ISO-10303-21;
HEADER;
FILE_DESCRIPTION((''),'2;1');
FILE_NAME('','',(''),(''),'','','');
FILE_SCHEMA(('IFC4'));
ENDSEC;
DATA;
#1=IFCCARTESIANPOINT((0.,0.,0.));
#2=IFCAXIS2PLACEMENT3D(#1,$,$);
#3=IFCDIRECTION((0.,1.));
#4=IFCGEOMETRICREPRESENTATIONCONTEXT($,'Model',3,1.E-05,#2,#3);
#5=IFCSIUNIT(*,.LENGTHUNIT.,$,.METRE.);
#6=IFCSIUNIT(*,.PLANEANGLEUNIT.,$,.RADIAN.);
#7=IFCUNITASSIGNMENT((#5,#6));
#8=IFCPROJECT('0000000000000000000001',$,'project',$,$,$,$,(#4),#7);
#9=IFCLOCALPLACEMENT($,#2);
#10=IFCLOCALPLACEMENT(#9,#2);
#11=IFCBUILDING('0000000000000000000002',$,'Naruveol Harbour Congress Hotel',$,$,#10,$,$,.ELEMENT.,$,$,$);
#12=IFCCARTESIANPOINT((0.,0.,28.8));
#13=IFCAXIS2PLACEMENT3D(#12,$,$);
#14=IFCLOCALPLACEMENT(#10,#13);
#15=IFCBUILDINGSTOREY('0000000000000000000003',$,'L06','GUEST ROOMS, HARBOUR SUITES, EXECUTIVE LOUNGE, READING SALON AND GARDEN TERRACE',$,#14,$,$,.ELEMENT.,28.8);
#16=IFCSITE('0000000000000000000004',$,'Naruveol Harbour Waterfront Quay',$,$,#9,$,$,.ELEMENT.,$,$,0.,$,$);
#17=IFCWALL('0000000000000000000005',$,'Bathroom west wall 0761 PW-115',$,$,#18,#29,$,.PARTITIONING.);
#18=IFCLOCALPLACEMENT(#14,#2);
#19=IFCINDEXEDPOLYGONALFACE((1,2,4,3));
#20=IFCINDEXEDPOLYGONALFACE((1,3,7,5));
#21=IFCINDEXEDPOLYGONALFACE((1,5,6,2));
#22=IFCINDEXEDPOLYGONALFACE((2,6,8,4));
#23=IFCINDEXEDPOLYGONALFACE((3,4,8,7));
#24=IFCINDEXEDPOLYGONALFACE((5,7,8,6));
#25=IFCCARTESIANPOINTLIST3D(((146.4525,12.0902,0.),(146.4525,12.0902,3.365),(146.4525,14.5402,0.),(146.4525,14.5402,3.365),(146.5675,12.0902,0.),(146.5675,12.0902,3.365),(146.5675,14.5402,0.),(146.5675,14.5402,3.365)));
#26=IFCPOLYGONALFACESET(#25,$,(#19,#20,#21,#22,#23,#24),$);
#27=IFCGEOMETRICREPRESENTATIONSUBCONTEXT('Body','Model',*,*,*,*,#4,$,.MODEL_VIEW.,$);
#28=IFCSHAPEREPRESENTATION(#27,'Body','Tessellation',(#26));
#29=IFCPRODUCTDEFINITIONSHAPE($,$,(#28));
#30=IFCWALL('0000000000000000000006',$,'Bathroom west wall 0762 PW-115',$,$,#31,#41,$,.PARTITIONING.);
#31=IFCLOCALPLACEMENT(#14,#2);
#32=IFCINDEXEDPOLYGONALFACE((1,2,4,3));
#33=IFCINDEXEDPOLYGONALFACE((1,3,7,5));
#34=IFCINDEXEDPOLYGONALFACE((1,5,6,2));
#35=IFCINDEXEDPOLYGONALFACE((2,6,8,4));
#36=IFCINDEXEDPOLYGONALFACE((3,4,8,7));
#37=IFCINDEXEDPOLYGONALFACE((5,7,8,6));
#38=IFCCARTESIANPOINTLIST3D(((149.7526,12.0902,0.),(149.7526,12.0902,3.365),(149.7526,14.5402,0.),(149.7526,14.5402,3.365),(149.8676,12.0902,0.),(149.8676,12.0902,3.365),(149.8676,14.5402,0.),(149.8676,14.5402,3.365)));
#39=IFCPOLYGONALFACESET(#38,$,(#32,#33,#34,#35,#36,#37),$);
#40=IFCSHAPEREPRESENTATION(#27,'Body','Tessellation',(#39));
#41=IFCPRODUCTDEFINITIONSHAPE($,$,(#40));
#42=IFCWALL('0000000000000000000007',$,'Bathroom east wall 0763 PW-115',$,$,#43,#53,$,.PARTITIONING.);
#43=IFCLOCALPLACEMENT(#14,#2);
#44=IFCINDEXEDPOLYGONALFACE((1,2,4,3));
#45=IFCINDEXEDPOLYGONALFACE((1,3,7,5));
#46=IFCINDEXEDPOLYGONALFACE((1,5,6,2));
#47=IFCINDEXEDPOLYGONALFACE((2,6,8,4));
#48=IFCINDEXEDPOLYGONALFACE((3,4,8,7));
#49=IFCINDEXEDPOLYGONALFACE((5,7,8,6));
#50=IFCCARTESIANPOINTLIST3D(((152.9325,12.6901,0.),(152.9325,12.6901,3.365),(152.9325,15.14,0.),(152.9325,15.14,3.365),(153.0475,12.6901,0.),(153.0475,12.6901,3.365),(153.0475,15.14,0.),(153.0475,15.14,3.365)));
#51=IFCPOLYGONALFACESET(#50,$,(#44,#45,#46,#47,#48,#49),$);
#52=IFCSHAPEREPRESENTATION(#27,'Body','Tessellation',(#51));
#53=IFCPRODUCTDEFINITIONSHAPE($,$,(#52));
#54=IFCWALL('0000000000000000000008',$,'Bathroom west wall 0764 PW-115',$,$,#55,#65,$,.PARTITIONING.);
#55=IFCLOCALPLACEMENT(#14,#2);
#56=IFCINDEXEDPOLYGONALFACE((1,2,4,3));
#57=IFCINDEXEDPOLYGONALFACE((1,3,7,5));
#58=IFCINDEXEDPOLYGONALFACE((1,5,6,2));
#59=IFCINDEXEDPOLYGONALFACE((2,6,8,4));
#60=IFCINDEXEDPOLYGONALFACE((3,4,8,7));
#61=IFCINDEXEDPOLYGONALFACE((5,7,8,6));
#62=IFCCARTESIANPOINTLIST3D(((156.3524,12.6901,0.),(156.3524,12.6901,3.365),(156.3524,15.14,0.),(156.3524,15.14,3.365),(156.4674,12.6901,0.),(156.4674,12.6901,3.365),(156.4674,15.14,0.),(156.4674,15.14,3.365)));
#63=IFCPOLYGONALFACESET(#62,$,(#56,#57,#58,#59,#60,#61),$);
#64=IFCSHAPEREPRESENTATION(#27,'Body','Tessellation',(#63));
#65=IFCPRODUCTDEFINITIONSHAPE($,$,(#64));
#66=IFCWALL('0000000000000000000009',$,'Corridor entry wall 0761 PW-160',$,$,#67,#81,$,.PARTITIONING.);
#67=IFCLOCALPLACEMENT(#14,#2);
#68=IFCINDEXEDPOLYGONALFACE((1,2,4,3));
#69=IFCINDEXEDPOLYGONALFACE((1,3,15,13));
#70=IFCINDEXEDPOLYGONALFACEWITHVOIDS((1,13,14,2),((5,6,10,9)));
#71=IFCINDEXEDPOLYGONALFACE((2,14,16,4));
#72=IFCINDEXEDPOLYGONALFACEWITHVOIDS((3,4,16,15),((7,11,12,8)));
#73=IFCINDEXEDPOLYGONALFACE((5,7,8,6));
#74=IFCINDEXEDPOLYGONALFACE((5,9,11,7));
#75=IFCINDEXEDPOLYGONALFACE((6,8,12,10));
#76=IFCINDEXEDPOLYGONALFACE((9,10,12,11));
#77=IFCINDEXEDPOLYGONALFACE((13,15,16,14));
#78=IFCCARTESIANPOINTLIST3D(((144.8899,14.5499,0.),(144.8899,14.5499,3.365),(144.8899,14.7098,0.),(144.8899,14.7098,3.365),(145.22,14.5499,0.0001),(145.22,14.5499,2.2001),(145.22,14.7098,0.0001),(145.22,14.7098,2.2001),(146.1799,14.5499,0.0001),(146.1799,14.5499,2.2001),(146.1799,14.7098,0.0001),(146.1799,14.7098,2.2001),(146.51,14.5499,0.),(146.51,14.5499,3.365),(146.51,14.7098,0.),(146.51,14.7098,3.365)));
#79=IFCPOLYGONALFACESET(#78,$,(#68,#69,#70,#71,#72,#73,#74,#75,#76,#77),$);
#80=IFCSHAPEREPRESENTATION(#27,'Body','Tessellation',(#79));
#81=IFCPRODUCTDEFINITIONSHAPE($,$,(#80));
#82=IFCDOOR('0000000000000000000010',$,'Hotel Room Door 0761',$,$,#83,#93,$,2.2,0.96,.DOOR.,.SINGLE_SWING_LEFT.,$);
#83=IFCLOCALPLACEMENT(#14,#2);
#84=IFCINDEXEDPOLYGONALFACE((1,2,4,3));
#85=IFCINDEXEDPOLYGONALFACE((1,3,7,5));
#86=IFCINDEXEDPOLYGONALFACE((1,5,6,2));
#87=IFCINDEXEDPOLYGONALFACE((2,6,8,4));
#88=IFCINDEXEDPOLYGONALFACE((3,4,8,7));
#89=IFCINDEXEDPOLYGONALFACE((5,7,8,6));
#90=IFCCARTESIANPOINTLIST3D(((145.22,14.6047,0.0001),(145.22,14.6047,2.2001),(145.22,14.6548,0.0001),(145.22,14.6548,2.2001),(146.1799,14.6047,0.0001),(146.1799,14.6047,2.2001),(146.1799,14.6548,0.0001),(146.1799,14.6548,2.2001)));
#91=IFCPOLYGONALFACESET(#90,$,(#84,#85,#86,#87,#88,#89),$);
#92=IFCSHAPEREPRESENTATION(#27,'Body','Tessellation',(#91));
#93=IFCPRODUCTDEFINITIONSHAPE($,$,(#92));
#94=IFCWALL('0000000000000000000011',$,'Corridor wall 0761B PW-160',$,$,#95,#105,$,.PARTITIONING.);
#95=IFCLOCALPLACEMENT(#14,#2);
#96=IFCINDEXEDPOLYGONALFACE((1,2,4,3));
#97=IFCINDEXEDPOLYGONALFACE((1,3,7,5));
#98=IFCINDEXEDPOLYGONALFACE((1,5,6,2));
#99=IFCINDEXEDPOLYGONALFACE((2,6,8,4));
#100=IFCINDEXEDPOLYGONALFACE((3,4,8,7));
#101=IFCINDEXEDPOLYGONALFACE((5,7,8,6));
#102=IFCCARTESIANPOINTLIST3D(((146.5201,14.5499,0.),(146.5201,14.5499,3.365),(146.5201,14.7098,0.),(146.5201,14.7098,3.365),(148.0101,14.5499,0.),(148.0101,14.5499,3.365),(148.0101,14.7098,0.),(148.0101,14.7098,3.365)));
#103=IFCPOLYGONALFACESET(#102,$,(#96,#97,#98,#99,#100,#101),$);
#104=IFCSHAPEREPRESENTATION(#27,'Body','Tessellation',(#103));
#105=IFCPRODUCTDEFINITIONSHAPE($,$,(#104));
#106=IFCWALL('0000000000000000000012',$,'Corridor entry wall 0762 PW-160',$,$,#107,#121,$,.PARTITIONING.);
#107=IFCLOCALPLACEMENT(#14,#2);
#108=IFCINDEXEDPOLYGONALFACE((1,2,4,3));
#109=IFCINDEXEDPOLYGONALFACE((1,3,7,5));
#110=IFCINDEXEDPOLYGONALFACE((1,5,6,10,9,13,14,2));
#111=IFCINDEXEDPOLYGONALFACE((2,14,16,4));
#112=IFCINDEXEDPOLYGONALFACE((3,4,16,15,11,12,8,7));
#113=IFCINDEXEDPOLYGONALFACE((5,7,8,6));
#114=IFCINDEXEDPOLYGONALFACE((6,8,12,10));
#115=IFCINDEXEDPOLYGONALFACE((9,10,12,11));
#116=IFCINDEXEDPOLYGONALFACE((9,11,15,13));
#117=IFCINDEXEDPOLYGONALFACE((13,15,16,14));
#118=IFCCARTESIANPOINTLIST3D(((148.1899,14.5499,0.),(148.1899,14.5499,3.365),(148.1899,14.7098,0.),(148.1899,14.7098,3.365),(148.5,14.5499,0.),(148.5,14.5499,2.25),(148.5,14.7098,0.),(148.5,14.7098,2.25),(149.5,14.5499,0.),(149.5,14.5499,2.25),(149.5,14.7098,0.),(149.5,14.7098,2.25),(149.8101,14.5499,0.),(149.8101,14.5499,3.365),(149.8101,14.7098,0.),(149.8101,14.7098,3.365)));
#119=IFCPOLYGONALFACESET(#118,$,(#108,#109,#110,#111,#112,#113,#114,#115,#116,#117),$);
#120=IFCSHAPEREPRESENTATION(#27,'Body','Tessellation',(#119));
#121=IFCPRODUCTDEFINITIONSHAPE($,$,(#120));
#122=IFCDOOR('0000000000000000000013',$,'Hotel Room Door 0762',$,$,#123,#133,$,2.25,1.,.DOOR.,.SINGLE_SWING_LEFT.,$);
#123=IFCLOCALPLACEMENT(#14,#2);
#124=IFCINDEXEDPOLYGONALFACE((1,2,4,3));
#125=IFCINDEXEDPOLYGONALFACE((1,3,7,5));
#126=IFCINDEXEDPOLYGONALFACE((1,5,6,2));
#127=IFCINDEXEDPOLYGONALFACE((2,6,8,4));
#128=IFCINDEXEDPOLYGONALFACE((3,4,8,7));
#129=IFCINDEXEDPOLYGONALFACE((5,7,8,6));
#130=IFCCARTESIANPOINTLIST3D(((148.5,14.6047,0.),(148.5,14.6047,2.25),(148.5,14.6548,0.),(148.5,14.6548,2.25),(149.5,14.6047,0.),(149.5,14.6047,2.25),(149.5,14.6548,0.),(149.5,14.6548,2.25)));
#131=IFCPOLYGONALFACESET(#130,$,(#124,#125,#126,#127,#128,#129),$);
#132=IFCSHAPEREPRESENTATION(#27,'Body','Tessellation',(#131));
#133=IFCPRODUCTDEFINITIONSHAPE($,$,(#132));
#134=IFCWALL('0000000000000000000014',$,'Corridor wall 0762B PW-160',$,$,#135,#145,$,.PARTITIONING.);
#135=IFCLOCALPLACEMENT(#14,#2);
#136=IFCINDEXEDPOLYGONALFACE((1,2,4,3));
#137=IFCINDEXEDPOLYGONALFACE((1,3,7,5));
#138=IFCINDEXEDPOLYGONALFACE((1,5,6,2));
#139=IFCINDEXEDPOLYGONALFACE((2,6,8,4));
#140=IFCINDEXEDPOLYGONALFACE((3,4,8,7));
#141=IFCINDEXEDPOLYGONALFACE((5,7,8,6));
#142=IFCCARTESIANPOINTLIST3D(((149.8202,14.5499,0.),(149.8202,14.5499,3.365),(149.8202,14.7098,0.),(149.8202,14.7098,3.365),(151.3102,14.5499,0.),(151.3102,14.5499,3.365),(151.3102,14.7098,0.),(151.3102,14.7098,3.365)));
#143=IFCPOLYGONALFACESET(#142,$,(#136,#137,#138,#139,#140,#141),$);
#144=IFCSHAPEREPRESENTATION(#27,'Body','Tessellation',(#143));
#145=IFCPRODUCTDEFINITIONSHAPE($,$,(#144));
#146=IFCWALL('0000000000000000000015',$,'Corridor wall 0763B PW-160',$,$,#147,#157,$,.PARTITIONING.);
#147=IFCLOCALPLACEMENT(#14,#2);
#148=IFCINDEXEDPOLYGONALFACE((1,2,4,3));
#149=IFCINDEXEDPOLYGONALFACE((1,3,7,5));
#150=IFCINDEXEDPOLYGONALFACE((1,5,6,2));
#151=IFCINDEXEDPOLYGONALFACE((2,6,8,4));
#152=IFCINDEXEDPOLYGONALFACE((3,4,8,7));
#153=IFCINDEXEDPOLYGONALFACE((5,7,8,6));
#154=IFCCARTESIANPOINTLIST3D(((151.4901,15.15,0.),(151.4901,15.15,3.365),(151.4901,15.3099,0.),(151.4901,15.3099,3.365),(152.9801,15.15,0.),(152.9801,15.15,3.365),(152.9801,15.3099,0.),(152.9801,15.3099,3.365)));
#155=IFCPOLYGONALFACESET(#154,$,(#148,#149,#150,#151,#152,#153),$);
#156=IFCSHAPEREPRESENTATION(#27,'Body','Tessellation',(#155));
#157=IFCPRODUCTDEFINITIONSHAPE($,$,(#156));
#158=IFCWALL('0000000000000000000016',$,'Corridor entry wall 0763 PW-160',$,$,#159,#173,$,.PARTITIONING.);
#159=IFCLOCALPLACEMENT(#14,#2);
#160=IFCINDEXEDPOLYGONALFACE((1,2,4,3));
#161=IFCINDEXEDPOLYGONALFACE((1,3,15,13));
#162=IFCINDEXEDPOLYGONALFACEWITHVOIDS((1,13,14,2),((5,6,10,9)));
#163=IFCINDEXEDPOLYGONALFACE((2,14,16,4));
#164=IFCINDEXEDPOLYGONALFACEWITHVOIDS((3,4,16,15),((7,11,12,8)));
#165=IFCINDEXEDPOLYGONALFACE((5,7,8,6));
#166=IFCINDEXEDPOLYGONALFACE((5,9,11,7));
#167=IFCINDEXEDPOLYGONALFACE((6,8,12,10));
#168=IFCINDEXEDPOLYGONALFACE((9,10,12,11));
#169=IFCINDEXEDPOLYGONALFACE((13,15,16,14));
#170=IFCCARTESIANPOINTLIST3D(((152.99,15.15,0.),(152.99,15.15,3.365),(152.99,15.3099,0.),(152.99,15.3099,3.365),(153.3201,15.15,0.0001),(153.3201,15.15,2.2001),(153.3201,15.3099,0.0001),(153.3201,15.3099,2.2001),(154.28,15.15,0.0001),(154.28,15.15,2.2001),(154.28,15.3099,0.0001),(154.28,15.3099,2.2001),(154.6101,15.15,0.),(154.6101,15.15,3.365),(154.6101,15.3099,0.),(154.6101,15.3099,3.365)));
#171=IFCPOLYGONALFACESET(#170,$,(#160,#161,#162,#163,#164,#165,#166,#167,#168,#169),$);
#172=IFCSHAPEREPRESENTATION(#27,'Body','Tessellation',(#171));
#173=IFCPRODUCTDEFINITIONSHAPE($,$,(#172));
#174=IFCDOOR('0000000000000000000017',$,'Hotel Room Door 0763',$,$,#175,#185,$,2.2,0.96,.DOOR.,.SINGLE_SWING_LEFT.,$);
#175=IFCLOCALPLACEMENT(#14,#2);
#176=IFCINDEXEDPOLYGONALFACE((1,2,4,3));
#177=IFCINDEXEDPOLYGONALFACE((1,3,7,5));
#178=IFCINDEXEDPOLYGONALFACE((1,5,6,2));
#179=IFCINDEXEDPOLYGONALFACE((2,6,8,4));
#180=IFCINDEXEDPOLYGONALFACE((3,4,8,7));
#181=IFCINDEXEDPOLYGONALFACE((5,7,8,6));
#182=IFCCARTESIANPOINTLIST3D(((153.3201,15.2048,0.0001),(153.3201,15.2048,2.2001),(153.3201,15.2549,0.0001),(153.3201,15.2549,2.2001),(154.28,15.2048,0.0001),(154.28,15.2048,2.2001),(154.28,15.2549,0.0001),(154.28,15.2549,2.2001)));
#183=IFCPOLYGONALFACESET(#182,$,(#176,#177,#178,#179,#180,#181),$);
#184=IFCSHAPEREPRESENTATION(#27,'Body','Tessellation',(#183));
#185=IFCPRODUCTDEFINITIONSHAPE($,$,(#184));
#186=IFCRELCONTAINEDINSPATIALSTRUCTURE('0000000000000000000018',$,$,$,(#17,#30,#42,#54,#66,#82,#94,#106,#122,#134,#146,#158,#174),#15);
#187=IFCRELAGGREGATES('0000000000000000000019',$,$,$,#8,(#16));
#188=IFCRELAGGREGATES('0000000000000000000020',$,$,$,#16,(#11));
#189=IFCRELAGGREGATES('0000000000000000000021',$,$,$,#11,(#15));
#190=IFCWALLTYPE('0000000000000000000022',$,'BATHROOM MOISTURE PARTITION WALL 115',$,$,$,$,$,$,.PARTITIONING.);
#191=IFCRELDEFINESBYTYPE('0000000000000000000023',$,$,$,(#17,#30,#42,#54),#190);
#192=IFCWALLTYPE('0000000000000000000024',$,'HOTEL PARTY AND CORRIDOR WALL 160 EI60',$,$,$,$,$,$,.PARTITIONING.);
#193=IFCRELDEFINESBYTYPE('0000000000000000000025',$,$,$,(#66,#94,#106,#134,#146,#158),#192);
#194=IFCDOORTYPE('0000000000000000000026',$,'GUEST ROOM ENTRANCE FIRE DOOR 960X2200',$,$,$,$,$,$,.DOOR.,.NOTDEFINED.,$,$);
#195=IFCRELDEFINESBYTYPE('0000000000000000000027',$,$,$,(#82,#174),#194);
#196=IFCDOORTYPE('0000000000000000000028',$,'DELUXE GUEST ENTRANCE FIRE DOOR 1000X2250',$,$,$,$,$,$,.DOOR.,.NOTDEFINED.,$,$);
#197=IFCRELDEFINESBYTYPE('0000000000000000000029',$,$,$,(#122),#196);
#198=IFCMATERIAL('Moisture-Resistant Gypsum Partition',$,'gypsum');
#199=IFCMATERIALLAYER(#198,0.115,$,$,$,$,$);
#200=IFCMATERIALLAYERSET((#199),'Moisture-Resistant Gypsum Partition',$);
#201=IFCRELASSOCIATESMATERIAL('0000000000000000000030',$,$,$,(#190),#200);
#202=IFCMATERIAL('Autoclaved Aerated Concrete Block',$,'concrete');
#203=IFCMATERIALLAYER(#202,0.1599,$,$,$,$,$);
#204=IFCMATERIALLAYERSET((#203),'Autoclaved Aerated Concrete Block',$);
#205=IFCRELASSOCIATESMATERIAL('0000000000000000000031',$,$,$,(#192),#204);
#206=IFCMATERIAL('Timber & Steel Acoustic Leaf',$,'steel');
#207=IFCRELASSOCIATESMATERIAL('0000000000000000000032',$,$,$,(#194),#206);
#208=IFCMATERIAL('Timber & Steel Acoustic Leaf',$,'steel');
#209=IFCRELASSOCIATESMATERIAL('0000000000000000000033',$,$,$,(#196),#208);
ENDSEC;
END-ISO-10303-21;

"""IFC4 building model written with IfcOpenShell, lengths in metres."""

from ifc_helpers import new_model, si_unit, direction, frame, frame_2d, origin, place, context, subcontext, project, spatial, rectangle, extrude, material, layer, layer_set, type_object, element, fill, save


model = new_model("IFC4")

# Units and contexts
model_context = context("Model", 3, precision=1e-05, world=origin(), true_north=direction((0.0, 1.0)))
body_context = subcontext(model_context, "Body", "Model", "MODEL_VIEW")
ifc_project = project(units=[si_unit("LENGTHUNIT", "METRE"), si_unit("PLANEANGLEUNIT", "RADIAN")], contexts=[model_context])

# Site, building, storey
site_placement = place(None, origin())
site = spatial("IfcSite", under=ifc_project, at=site_placement, Name="Naruveol Harbour Waterfront Quay", CompositionType="ELEMENT", RefElevation=0.0)
building_placement = place(site_placement, origin())
building = spatial("IfcBuilding", under=site, at=building_placement, Name="Naruveol Harbour Congress Hotel", CompositionType="ELEMENT")
storey_placement = place(building_placement, frame((0.0, 0.0, 28.8)))
storey = spatial("IfcBuildingStorey", under=building, at=storey_placement, Name="L06", Description="GUEST ROOMS, HARBOUR SUITES, EXECUTIVE LOUNGE, READING SALON AND GARDEN TERRACE", CompositionType="ELEMENT", Elevation=28.8)

# Wall
ifc_material_1 = material(Name="Moisture-Resistant Gypsum Partition", Category="gypsum")
ifc_layer_1 = layer(ifc_material_1, 0.115)
ifc_layer_set_1 = layer_set([ifc_layer_1], Name="Moisture-Resistant Gypsum Partition")
wall_type_1 = type_object("IfcWallType", Name="BATHROOM MOISTURE PARTITION WALL 115", PredefinedType="PARTITIONING", material=ifc_layer_set_1)
wall_1_placement = place(storey_placement, frame((146.51, 12.0901, 0.0), z_axis=(0.0, 0.0, 1.0), x_axis=(0.0, 1.0, 0.0)))
element("IfcWall", 1, at=wall_1_placement, inside=storey, type_object=wall_type_1, Name="Bathroom west wall 0761 PW-115", PredefinedType="PARTITIONING", context=body_context, shape_type="SweptSolid", body=[
    extrude(rectangle(XDim=2.45, YDim=0.115, at=frame_2d((1.2251, 0.0))), origin(), (0.0, 0.0, 1.0), 3.365),
])

# Wall
wall_2_placement = place(storey_placement, frame((149.8101, 12.0901, 0.0), z_axis=(0.0, 0.0, 1.0), x_axis=(0.0, 1.0, 0.0)))
element("IfcWall", 2, at=wall_2_placement, inside=storey, type_object=wall_type_1, Name="Bathroom west wall 0762 PW-115", PredefinedType="PARTITIONING", context=body_context, shape_type="SweptSolid", body=[
    extrude(rectangle(XDim=2.45, YDim=0.115, at=frame_2d((1.2251, 0.0))), origin(), (0.0, 0.0, 1.0), 3.365),
])

# Wall
wall_3_placement = place(storey_placement, frame((152.99, 12.6899, 0.0), z_axis=(0.0, 0.0, 1.0), x_axis=(0.0, 1.0, 0.0)))
element("IfcWall", 3, at=wall_3_placement, inside=storey, type_object=wall_type_1, Name="Bathroom east wall 0763 PW-115", PredefinedType="PARTITIONING", context=body_context, shape_type="SweptSolid", body=[
    extrude(rectangle(XDim=2.45, YDim=0.115, at=frame_2d((1.2251, 0.0))), origin(), (0.0, 0.0, 1.0), 3.365),
])

# Wall
wall_4_placement = place(storey_placement, frame((156.4099, 12.6899, 0.0), z_axis=(0.0, 0.0, 1.0), x_axis=(0.0, 1.0, 0.0)))
element("IfcWall", 4, at=wall_4_placement, inside=storey, type_object=wall_type_1, Name="Bathroom west wall 0764 PW-115", PredefinedType="PARTITIONING", context=body_context, shape_type="SweptSolid", body=[
    extrude(rectangle(XDim=2.45, YDim=0.115, at=frame_2d((1.2251, 0.0))), origin(), (0.0, 0.0, 1.0), 3.365),
])

# Wall, opening, door
ifc_material_2 = material(Name="Autoclaved Aerated Concrete Block", Category="concrete")
ifc_layer_2 = layer(ifc_material_2, 0.1599)
ifc_layer_set_2 = layer_set([ifc_layer_2], Name="Autoclaved Aerated Concrete Block")
wall_type_2 = type_object("IfcWallType", Name="HOTEL PARTY AND CORRIDOR WALL 160 EI60", PredefinedType="PARTITIONING", material=ifc_layer_set_2)
wall_5_placement = place(storey_placement, frame((144.8899, 14.6299, 0.0), z_axis=(0.0, 0.0, 1.0), x_axis=(1.0, 0.0, 0.0)))
wall_5 = element("IfcWall", 5, at=wall_5_placement, inside=storey, type_object=wall_type_2, Name="Corridor entry wall 0761 PW-160", PredefinedType="PARTITIONING", context=body_context, shape_type="SweptSolid", body=[
    extrude(rectangle(XDim=1.6201, YDim=0.1599, at=frame_2d((0.8101, 0.0))), origin(), (0.0, 0.0, 1.0), 3.365),
])
opening_1_placement = place(wall_5_placement, frame((0.3301, 0.0, 0.0)))
opening_1 = element("IfcOpeningElement", 6, at=opening_1_placement, cuts=wall_5, PredefinedType="OPENING", context=body_context, shape_type="SweptSolid", body=[
    extrude(rectangle(XDim=0.96, YDim=2.2, at=frame_2d((0.48, 1.1001))), frame((0.0, 0.0898, 0.0), z_axis=(0.0, -1.0, 0.0), x_axis=(1.0, 0.0, 0.0)), (0.0, 0.0, 1.0), 0.1799),
])
ifc_material_3 = material(Name="Timber & Steel Acoustic Leaf", Category="steel")
door_type_1 = type_object("IfcDoorType", Name="GUEST ROOM ENTRANCE FIRE DOOR 960X2200", OperationType="NOTDEFINED", PredefinedType="DOOR", material=ifc_material_3)
door_1_placement = place(opening_1_placement, origin())
door_1 = element("IfcDoor", 7, at=door_1_placement, inside=storey, type_object=door_type_1, Name="Hotel Room Door 0761", OperationType="SINGLE_SWING_LEFT", OverallHeight=2.2, OverallWidth=0.96, PredefinedType="DOOR", context=body_context, shape_type="SweptSolid", body=[
    extrude(rectangle(XDim=0.96, YDim=2.2, at=frame_2d((0.48, 1.1001))), frame((0.0, 0.0249, 0.0), z_axis=(0.0, -1.0, 0.0), x_axis=(1.0, 0.0, 0.0)), (0.0, 0.0, 1.0), 0.05),
])
fill(opening_1, door_1)

# Wall
wall_6_placement = place(storey_placement, frame((146.52, 14.6299, 0.0), z_axis=(0.0, 0.0, 1.0), x_axis=(1.0, 0.0, 0.0)))
element("IfcWall", 8, at=wall_6_placement, inside=storey, type_object=wall_type_2, Name="Corridor wall 0761B PW-160", PredefinedType="PARTITIONING", context=body_context, shape_type="SweptSolid", body=[
    extrude(rectangle(XDim=1.49, YDim=0.1599, at=frame_2d((0.7451, 0.0))), origin(), (0.0, 0.0, 1.0), 3.365),
])

# Wall, opening, door
wall_7_placement = place(storey_placement, frame((148.1899, 14.6299, 0.0), z_axis=(0.0, 0.0, 1.0), x_axis=(1.0, 0.0, 0.0)))
wall_7 = element("IfcWall", 9, at=wall_7_placement, inside=storey, type_object=wall_type_2, Name="Corridor entry wall 0762 PW-160", PredefinedType="PARTITIONING", context=body_context, shape_type="SweptSolid", body=[
    extrude(rectangle(XDim=1.6201, YDim=0.1599, at=frame_2d((0.8101, 0.0))), origin(), (0.0, 0.0, 1.0), 3.365),
])
opening_2_placement = place(wall_7_placement, frame((0.3101, 0.0, 0.0)))
opening_2 = element("IfcOpeningElement", 10, at=opening_2_placement, cuts=wall_7, PredefinedType="OPENING", context=body_context, shape_type="SweptSolid", body=[
    extrude(rectangle(XDim=1.0, YDim=2.25, at=frame_2d((0.5, 1.125))), frame((0.0, 0.0898, 0.0), z_axis=(0.0, -1.0, 0.0), x_axis=(1.0, 0.0, 0.0)), (0.0, 0.0, 1.0), 0.1799),
])
ifc_material_4 = material(Name="Timber & Steel Acoustic Leaf", Category="steel")
door_type_2 = type_object("IfcDoorType", Name="DELUXE GUEST ENTRANCE FIRE DOOR 1000X2250", OperationType="NOTDEFINED", PredefinedType="DOOR", material=ifc_material_4)
door_2_placement = place(opening_2_placement, origin())
door_2 = element("IfcDoor", 11, at=door_2_placement, inside=storey, type_object=door_type_2, Name="Hotel Room Door 0762", OperationType="SINGLE_SWING_LEFT", OverallHeight=2.25, OverallWidth=1.0, PredefinedType="DOOR", context=body_context, shape_type="SweptSolid", body=[
    extrude(rectangle(XDim=1.0, YDim=2.25, at=frame_2d((0.5, 1.125))), frame((0.0, 0.0249, 0.0), z_axis=(0.0, -1.0, 0.0), x_axis=(1.0, 0.0, 0.0)), (0.0, 0.0, 1.0), 0.05),
])
fill(opening_2, door_2)

# Walls
for number, where, z_axis, x_axis, name in (
    (12, (149.8201, 14.6299, 0.0), (0.0, 0.0, 1.0), (1.0, 0.0, 0.0), "Corridor wall 0762B PW-160"),
    (13, (151.49, 15.23, 0.0), (0.0, 0.0, 1.0), (1.0, 0.0, 0.0), "Corridor wall 0763B PW-160"),
):
    element("IfcWall", number, at=place(storey_placement, frame(where, z_axis=z_axis, x_axis=x_axis)), inside=storey, type_object=wall_type_2, Name=name, PredefinedType="PARTITIONING", context=body_context, shape_type="SweptSolid", body=[
        extrude(rectangle(XDim=1.49, YDim=0.1599, at=frame_2d((0.7451, 0.0))), origin(), (0.0, 0.0, 1.0), 3.365),
    ])

# Wall, opening, door
wall_8_placement = place(storey_placement, frame((152.99, 15.23, 0.0), z_axis=(0.0, 0.0, 1.0), x_axis=(1.0, 0.0, 0.0)))
wall_8 = element("IfcWall", 14, at=wall_8_placement, inside=storey, type_object=wall_type_2, Name="Corridor entry wall 0763 PW-160", PredefinedType="PARTITIONING", context=body_context, shape_type="SweptSolid", body=[
    extrude(rectangle(XDim=1.6201, YDim=0.1599, at=frame_2d((0.8101, 0.0))), origin(), (0.0, 0.0, 1.0), 3.365),
])
opening_3_placement = place(wall_8_placement, frame((0.3301, 0.0, 0.0)))
opening_3 = element("IfcOpeningElement", 15, at=opening_3_placement, cuts=wall_8, PredefinedType="OPENING", context=body_context, shape_type="SweptSolid", body=[
    extrude(rectangle(XDim=0.96, YDim=2.2, at=frame_2d((0.48, 1.1001))), frame((0.0, 0.0898, 0.0), z_axis=(0.0, -1.0, 0.0), x_axis=(1.0, 0.0, 0.0)), (0.0, 0.0, 1.0), 0.1799),
])
door_3_placement = place(opening_3_placement, origin())
door_3 = element("IfcDoor", 16, at=door_3_placement, inside=storey, type_object=door_type_1, Name="Hotel Room Door 0763", OperationType="SINGLE_SWING_LEFT", OverallHeight=2.2, OverallWidth=0.96, PredefinedType="DOOR", context=body_context, shape_type="SweptSolid", body=[
    extrude(rectangle(XDim=0.96, YDim=2.2, at=frame_2d((0.48, 1.1001))), frame((0.0, 0.0249, 0.0), z_axis=(0.0, -1.0, 0.0), x_axis=(1.0, 0.0, 0.0)), (0.0, 0.0, 1.0), 0.05),
])
fill(opening_3, door_3)

save(model, "model.ifc")
